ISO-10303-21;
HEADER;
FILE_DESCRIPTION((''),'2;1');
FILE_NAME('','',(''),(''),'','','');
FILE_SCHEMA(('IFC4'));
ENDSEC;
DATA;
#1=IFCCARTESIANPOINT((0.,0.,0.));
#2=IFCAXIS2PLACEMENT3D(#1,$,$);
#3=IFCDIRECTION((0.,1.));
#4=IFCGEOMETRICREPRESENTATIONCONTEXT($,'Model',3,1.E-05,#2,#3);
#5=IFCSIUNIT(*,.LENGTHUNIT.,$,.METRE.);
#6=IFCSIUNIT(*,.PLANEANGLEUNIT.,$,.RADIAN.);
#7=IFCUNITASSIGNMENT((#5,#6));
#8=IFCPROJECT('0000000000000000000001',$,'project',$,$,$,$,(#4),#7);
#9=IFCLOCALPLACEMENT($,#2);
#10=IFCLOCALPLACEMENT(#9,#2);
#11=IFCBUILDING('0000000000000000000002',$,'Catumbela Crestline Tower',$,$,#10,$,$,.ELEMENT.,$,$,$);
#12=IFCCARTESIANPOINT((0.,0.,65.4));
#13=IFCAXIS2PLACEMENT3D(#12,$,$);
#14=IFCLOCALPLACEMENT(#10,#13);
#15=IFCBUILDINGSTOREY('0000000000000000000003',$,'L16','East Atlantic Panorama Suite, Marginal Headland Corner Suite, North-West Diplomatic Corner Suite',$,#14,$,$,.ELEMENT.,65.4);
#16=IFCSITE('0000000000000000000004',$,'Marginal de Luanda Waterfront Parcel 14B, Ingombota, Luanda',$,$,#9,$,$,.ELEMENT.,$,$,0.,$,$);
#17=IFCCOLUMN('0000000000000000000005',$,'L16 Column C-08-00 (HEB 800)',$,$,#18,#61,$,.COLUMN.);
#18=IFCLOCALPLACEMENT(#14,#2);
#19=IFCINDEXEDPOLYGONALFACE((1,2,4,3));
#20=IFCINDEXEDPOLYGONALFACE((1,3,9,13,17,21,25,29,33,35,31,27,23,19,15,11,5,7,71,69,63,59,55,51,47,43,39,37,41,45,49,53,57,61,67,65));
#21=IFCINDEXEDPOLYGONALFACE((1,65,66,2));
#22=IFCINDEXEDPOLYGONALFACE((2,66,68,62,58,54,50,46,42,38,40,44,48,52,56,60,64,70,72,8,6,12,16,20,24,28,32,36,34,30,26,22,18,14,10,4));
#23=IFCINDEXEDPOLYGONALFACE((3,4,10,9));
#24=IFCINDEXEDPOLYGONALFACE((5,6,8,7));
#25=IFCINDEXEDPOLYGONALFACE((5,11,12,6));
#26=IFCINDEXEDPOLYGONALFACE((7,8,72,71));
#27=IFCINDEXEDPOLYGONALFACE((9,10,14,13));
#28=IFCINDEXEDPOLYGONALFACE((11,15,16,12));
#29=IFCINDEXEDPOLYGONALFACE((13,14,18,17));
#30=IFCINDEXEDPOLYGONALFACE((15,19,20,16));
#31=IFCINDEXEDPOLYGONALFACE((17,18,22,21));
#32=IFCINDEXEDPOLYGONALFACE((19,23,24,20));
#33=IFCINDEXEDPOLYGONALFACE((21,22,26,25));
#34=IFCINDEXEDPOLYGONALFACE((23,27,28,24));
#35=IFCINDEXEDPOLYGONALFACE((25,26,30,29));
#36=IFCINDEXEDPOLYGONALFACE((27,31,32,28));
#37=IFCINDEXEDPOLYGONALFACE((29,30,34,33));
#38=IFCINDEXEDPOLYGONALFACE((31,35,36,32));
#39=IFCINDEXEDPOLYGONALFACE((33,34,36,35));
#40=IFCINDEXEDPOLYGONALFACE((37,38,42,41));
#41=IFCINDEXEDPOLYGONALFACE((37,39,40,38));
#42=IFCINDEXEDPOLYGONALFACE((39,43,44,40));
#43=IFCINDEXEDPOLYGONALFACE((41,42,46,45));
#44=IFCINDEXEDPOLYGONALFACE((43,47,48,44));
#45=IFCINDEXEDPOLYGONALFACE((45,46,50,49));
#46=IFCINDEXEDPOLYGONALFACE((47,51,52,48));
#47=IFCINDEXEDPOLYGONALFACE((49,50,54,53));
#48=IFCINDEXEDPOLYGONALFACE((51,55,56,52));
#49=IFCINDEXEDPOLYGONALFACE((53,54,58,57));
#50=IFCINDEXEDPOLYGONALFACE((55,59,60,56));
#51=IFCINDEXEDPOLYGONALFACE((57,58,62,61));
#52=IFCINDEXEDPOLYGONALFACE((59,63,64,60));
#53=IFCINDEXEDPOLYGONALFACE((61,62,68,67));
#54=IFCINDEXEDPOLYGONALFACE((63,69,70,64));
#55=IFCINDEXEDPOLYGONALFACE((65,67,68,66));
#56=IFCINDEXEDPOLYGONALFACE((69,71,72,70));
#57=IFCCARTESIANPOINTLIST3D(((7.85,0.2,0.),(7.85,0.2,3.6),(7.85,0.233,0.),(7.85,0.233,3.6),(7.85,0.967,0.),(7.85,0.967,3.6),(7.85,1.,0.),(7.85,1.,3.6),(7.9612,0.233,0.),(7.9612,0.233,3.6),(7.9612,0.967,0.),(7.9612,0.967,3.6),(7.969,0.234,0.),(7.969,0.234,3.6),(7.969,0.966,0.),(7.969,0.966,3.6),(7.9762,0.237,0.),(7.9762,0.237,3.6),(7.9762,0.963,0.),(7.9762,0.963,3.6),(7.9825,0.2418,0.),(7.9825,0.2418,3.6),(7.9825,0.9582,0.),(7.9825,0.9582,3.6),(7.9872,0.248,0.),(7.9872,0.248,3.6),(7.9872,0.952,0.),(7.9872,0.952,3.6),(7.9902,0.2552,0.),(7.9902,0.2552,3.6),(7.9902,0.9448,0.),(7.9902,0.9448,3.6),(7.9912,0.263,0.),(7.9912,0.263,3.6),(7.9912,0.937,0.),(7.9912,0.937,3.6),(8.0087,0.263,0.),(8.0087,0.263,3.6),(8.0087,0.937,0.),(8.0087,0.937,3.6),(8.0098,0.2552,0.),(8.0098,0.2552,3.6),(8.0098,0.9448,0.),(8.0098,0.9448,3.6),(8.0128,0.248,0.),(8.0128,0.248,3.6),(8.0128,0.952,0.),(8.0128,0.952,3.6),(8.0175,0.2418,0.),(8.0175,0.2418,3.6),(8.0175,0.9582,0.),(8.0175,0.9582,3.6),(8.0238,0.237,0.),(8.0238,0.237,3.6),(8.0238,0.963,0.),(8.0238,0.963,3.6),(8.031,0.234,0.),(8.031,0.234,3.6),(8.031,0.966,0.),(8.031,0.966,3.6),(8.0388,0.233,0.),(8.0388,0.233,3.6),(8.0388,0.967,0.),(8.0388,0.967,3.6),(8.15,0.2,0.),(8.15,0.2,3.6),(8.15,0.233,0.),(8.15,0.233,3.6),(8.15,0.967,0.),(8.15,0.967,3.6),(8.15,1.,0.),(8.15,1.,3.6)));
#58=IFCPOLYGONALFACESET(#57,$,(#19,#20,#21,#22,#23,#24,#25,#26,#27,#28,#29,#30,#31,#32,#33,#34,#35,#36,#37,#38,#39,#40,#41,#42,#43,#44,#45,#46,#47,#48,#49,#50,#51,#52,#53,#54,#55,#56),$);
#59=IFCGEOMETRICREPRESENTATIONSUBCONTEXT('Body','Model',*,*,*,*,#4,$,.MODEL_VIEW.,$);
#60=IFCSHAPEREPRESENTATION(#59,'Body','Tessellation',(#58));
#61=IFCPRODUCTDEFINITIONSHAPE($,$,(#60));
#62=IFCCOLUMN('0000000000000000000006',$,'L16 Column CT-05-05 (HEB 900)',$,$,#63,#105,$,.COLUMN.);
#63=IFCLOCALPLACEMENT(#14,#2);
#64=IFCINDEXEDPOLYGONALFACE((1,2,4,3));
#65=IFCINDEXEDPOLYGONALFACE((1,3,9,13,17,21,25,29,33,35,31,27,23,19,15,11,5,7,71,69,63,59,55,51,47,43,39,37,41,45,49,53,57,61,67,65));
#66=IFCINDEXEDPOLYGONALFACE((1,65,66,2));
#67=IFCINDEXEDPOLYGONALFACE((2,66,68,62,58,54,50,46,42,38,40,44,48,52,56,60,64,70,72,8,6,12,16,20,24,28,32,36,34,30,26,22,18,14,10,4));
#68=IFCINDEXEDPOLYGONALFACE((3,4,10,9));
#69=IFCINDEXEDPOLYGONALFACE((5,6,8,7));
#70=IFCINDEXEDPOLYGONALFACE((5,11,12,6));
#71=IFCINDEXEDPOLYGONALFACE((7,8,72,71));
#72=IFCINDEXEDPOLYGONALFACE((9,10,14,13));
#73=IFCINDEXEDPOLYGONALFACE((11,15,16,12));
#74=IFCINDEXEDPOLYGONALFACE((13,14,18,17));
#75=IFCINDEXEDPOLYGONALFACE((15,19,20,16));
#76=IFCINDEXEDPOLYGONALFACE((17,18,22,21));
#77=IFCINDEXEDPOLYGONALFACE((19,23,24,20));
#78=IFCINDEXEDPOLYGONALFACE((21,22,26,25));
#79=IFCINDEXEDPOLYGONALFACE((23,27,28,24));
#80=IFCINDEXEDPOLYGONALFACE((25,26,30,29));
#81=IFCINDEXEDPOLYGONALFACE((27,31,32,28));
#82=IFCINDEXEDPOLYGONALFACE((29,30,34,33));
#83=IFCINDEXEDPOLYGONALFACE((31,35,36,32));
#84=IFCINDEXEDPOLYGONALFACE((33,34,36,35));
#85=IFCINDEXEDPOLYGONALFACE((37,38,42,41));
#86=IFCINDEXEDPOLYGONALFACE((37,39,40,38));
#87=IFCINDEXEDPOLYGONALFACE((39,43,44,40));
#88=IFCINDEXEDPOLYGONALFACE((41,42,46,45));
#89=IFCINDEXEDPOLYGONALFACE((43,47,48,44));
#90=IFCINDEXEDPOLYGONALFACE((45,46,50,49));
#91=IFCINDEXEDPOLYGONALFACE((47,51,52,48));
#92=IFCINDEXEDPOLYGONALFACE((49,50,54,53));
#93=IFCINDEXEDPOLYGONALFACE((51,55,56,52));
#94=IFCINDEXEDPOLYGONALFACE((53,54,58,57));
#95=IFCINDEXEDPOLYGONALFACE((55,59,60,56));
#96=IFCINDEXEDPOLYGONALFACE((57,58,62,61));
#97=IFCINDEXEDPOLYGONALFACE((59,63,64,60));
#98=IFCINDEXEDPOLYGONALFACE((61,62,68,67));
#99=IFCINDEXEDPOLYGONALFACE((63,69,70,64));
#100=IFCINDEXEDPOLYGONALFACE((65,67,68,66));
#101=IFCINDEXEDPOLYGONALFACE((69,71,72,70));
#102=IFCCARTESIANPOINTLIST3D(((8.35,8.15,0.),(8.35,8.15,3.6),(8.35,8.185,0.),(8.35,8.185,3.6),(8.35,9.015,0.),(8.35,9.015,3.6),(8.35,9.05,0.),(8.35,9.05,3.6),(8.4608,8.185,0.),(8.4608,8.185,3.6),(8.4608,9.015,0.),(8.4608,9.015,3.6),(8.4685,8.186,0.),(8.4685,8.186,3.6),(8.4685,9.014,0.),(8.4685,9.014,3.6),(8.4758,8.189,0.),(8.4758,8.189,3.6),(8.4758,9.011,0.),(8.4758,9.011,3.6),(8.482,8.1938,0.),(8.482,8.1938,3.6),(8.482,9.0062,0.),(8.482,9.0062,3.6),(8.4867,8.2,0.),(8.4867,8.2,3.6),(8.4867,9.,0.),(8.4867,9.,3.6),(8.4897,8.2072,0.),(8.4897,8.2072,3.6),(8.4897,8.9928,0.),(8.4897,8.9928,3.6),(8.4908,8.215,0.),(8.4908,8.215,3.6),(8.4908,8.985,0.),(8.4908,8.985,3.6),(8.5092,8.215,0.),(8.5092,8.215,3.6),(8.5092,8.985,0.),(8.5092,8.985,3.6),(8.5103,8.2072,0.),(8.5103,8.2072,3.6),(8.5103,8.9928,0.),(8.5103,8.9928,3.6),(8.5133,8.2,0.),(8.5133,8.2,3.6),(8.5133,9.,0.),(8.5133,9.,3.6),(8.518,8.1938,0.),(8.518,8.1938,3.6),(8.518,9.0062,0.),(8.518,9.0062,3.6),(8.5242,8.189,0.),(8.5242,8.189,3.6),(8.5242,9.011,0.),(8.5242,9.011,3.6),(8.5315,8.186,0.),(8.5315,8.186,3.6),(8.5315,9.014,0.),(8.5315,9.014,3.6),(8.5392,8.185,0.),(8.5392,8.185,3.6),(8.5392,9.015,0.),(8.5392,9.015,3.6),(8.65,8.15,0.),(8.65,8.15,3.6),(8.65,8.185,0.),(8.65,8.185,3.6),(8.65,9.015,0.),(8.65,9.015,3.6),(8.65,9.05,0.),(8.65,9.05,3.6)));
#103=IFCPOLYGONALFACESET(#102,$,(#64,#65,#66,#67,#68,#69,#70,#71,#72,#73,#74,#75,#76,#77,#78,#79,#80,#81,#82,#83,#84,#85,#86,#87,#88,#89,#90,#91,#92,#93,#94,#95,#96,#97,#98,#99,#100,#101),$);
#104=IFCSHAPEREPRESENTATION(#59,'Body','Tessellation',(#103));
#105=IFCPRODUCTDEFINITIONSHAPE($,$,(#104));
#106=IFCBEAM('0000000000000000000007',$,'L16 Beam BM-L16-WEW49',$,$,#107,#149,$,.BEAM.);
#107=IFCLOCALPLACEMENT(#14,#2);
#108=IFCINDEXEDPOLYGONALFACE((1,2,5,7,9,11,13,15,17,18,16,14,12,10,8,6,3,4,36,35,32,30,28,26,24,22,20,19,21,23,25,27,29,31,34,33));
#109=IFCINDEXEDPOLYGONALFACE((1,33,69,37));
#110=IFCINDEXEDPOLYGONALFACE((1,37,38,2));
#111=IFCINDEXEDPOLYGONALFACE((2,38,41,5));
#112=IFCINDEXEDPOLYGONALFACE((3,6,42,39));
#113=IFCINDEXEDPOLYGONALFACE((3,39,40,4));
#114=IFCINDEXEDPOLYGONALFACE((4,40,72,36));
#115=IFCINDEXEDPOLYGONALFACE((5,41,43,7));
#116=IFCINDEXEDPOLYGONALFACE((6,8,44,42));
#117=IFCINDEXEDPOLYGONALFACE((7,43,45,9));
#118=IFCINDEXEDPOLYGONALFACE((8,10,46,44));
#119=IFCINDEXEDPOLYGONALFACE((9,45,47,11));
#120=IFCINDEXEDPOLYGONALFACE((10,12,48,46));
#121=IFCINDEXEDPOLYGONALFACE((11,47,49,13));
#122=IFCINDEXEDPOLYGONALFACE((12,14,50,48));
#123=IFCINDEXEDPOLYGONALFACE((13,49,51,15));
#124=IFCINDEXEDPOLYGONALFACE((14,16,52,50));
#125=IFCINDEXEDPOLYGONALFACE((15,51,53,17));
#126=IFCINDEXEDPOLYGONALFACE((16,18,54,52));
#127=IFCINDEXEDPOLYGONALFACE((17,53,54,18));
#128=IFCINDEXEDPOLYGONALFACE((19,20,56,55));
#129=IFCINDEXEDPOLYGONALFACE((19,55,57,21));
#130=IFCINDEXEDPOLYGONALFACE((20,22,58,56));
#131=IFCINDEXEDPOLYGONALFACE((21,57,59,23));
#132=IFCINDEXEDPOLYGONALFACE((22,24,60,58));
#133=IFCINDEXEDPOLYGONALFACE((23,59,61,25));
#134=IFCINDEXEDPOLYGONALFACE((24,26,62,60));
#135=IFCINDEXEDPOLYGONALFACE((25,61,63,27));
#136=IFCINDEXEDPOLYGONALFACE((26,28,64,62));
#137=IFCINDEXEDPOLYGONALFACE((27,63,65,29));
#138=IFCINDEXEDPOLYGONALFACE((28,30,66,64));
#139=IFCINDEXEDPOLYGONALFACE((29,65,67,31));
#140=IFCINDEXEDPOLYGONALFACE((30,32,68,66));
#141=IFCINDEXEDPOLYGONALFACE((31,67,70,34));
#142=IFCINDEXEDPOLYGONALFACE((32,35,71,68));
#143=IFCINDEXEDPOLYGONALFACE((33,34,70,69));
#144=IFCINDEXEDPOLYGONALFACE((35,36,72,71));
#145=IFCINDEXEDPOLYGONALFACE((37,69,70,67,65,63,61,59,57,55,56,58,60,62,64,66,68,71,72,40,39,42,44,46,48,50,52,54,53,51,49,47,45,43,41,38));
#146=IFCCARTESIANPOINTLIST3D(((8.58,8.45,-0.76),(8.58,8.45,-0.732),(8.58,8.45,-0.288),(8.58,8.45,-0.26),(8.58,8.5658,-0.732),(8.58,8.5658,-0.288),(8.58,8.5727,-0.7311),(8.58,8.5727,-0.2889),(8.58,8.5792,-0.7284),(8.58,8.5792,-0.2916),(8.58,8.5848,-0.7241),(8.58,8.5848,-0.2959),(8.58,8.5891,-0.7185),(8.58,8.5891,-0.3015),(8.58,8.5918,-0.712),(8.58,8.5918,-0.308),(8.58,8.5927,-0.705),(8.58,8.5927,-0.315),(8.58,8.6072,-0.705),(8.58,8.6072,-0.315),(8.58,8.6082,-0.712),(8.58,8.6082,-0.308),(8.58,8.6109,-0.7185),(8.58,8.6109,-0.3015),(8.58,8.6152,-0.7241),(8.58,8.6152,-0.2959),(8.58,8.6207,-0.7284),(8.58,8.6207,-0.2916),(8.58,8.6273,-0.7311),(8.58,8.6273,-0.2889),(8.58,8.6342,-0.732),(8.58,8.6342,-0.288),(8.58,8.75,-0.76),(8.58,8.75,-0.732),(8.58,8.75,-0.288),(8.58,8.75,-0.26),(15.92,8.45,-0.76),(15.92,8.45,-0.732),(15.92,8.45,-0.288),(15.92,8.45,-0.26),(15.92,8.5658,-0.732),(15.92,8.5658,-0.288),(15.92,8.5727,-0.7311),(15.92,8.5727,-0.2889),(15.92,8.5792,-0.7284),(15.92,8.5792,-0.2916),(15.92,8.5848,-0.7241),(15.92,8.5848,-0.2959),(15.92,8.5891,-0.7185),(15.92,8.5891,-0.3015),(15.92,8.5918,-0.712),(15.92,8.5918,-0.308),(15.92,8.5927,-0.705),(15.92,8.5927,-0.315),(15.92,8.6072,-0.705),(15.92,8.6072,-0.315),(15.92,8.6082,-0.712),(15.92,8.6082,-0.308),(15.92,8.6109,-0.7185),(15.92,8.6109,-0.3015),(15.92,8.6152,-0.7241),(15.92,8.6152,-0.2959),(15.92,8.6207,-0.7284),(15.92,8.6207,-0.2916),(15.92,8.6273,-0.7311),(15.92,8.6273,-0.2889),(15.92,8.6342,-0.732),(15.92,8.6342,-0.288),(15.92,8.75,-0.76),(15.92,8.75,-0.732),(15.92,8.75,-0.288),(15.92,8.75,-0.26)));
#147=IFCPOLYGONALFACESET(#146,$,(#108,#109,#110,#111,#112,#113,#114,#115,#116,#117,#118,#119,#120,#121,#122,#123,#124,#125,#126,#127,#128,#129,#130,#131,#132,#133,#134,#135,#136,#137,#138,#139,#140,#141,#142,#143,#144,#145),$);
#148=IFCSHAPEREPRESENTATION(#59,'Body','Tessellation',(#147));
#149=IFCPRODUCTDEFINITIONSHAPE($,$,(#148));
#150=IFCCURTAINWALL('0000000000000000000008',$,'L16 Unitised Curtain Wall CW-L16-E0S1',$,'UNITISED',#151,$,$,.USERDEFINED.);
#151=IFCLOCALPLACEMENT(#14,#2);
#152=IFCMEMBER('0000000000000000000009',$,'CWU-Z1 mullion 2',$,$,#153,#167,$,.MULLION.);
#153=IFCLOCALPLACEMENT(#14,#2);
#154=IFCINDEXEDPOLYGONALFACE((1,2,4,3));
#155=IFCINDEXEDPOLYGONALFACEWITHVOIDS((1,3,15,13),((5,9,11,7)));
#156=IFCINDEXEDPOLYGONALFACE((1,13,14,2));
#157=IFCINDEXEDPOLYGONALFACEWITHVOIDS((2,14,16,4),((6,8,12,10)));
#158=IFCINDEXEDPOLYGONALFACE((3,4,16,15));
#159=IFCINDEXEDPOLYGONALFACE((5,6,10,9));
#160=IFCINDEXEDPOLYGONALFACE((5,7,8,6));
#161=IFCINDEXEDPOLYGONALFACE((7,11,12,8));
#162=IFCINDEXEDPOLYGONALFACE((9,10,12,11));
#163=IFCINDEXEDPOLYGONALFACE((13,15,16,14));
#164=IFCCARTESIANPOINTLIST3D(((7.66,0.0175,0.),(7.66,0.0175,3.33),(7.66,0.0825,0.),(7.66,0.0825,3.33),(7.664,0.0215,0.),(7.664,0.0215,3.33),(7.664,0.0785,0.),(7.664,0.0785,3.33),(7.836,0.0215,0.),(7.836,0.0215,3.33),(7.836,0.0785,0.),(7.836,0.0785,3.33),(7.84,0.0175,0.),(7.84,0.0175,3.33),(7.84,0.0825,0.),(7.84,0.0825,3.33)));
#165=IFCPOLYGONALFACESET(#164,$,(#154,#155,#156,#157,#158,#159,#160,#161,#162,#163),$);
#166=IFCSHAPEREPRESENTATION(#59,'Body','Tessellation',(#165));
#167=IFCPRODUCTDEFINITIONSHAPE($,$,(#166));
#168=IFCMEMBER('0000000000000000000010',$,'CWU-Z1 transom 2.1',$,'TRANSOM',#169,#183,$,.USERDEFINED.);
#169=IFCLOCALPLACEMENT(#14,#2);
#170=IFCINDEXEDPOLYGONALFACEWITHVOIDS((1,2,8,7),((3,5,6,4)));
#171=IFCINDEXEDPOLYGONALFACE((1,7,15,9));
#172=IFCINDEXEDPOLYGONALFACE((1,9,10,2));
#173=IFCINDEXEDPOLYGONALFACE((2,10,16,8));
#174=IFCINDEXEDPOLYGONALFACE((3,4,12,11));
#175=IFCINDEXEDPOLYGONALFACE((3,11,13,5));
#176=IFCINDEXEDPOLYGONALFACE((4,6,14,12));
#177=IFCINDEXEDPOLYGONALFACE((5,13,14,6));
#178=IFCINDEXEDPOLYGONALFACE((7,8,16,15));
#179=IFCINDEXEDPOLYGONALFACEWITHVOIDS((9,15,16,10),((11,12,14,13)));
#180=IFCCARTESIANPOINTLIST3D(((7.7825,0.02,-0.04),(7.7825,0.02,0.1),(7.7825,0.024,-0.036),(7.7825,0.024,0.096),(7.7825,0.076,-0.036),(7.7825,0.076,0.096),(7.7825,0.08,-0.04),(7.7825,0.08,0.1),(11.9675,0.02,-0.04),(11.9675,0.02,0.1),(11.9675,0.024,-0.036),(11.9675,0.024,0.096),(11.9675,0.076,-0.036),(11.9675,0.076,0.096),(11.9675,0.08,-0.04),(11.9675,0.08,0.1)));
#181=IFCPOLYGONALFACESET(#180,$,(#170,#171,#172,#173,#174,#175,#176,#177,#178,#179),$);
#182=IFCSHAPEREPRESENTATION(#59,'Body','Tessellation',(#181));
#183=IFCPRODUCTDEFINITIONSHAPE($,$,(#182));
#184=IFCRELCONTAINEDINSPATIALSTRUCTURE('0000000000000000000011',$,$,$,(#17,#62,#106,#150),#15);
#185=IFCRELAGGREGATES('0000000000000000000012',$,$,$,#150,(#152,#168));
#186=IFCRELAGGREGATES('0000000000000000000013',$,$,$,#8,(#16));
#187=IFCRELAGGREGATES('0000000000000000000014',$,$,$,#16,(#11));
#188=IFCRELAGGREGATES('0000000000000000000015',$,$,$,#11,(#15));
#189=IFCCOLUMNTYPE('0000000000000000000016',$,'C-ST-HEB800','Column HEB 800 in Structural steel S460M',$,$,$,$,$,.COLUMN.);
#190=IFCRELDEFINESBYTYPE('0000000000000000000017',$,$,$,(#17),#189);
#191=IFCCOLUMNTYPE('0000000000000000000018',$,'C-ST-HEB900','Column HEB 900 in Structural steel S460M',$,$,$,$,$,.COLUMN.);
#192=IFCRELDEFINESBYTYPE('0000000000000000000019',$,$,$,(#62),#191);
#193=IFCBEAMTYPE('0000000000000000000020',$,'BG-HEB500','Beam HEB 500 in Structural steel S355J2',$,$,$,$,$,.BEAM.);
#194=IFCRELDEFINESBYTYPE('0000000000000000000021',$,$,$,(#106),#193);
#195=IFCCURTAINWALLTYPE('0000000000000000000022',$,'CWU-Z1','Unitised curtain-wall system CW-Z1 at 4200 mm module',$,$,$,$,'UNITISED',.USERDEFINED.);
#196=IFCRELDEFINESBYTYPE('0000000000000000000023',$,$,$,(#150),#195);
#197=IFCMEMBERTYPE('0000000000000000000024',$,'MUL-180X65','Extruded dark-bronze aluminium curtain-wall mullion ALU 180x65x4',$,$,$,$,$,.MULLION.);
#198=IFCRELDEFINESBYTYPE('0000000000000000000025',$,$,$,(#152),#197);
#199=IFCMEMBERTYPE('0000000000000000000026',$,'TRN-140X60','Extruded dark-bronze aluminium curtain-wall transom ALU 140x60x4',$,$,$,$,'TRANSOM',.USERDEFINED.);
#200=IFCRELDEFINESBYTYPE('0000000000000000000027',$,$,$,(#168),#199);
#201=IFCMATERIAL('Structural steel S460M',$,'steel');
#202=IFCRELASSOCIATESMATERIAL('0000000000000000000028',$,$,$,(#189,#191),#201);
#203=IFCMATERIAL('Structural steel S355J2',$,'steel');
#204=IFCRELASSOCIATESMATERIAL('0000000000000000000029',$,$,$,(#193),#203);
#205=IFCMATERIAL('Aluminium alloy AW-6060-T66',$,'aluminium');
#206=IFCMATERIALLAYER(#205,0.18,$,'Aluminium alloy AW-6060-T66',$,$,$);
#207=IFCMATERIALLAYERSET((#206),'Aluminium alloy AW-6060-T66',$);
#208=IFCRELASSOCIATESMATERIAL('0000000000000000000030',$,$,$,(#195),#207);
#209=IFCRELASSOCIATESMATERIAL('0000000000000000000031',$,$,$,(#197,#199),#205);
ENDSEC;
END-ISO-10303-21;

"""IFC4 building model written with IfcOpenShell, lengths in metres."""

from ifc_helpers import new_model, si_unit, direction, frame, origin, origin_2d, place, context, subcontext, project, spatial, hollow_rectangle, i_section, extrude, material, layer, layer_set, material_profile, profile_set, type_object, element, aggregate, save


model = new_model("IFC4")

# Units and contexts
model_context = context("Model", 3, precision=1e-05, world=origin(), true_north=direction((0.0, 1.0)))
body_context = subcontext(model_context, "Body", "Model", "MODEL_VIEW")
ifc_project = project(units=[si_unit("LENGTHUNIT", "METRE"), si_unit("PLANEANGLEUNIT", "RADIAN")], contexts=[model_context])

# Site, building, storey
site_placement = place(None, origin())
site = spatial("IfcSite", under=ifc_project, at=site_placement, Name="Marginal de Luanda Waterfront Parcel 14B, Ingombota, Luanda", CompositionType="ELEMENT", RefElevation=0.0)
building_placement = place(site_placement, origin())
building = spatial("IfcBuilding", under=site, at=building_placement, Name="Catumbela Crestline Tower", CompositionType="ELEMENT")
storey_placement = place(building_placement, frame((0.0, 0.0, 65.4)))
storey = spatial("IfcBuildingStorey", under=building, at=storey_placement, Name="L16", Description="East Atlantic Panorama Suite, Marginal Headland Corner Suite, North-West Diplomatic Corner Suite", CompositionType="ELEMENT", Elevation=65.4)

# Columns
ifc_material_1 = material(Name="Structural steel S460M", Category="steel")
ifc_material_profile_1 = material_profile(ifc_material_1, i_section(OverallWidth=0.3, OverallDepth=0.8, WebThickness=0.0175, FlangeThickness=0.033, FilletRadius=0.03, at=origin_2d()), Name="HEB 800")
ifc_profile_set_1 = profile_set([ifc_material_profile_1], Name="Structural steel S460M")
column_type_1 = type_object("IfcColumnType", Name="C-ST-HEB800", Description="Column HEB 800 in Structural steel S460M", PredefinedType="COLUMN", material=ifc_profile_set_1)
column_1_placement = place(storey_placement, frame((8.0, 0.6, 0.0), z_axis=(0.0, 0.0, 1.0), x_axis=(1.0, 0.0, 0.0)))
element("IfcColumn", 1, at=column_1_placement, inside=storey, type_object=column_type_1, Name="L16 Column C-08-00 (HEB 800)", PredefinedType="COLUMN", context=body_context, shape_type="SweptSolid", body=[
    extrude(i_section(OverallWidth=0.3, OverallDepth=0.8, WebThickness=0.0175, FlangeThickness=0.033, FilletRadius=0.03, at=origin_2d()), origin(), (0.0, 0.0, 1.0), 3.6),
])
ifc_material_profile_2 = material_profile(ifc_material_1, i_section(OverallWidth=0.3, OverallDepth=0.9, WebThickness=0.0185, FlangeThickness=0.035, FilletRadius=0.03, at=origin_2d()), Name="HEB 900")
ifc_profile_set_2 = profile_set([ifc_material_profile_2], Name="Structural steel S460M")
column_type_2 = type_object("IfcColumnType", Name="C-ST-HEB900", Description="Column HEB 900 in Structural steel S460M", PredefinedType="COLUMN", material=ifc_profile_set_2)
column_2_placement = place(storey_placement, frame((8.5, 8.6, 0.0), z_axis=(0.0, 0.0, 1.0), x_axis=(1.0, 0.0, 0.0)))
element("IfcColumn", 2, at=column_2_placement, inside=storey, type_object=column_type_2, Name="L16 Column CT-05-05 (HEB 900)", PredefinedType="COLUMN", context=body_context, shape_type="SweptSolid", body=[
    extrude(i_section(OverallWidth=0.3, OverallDepth=0.9, WebThickness=0.0185, FlangeThickness=0.035, FilletRadius=0.03, at=origin_2d()), origin(), (0.0, 0.0, 1.0), 3.6),
])

# Beam
ifc_material_2 = material(Name="Structural steel S355J2", Category="steel")
ifc_material_profile_3 = material_profile(ifc_material_2, i_section(OverallWidth=0.3, OverallDepth=0.5, WebThickness=0.0145, FlangeThickness=0.028, FilletRadius=0.027, at=origin_2d()), Name="HEB 500")
ifc_profile_set_3 = profile_set([ifc_material_profile_3], Name="Structural steel S355J2")
beam_type = type_object("IfcBeamType", Name="BG-HEB500", Description="Beam HEB 500 in Structural steel S355J2", PredefinedType="BEAM", material=ifc_profile_set_3)
beam_placement = place(storey_placement, frame((8.58, 8.6, -0.51), z_axis=(1.0, 0.0, 0.0), x_axis=(0.0, 1.0, 0.0)))
element("IfcBeam", 3, at=beam_placement, inside=storey, type_object=beam_type, Name="L16 Beam BM-L16-WEW49", PredefinedType="BEAM", context=body_context, shape_type="SweptSolid", body=[
    extrude(i_section(OverallWidth=0.3, OverallDepth=0.5, WebThickness=0.0145, FlangeThickness=0.028, FilletRadius=0.027, at=origin_2d()), origin(), (0.0, 0.0, 1.0), 7.34),
])

# Curtain wall, members
ifc_material_3 = material(Name="Aluminium alloy AW-6060-T66", Category="aluminium")
ifc_layer_1 = layer(ifc_material_3, 0.18, Name="Aluminium alloy AW-6060-T66")
ifc_layer_set_1 = layer_set([ifc_layer_1], Name="Aluminium alloy AW-6060-T66")
curtain_wall_type = type_object("IfcCurtainWallType", Name="CWU-Z1", Description="Unitised curtain-wall system CW-Z1 at 4200 mm module", ElementType="UNITISED", PredefinedType="USERDEFINED", material=ifc_layer_set_1)
curtain_wall_placement = place(storey_placement, origin())
curtain_wall = element("IfcCurtainWall", 4, at=curtain_wall_placement, inside=storey, type_object=curtain_wall_type, Name="L16 Unitised Curtain Wall CW-L16-E0S1", ObjectType="UNITISED", PredefinedType="USERDEFINED")
ifc_material_profile_4 = material_profile(ifc_material_3, hollow_rectangle(XDim=0.065, YDim=0.18, WallThickness=0.004, at=origin_2d()), Name="ALU 180x65x4")
ifc_profile_set_4 = profile_set([ifc_material_profile_4], Name="Aluminium alloy AW-6060-T66")
member_type_1 = type_object("IfcMemberType", Name="MUL-180X65", Description="Extruded dark-bronze aluminium curtain-wall mullion ALU 180x65x4", PredefinedType="MULLION", material=ifc_profile_set_4)
member_1_placement = place(storey_placement, frame((7.75, 0.05, 0.0), z_axis=(0.0, 0.0, 1.0), x_axis=(0.0, 1.0, 0.0)))
member_1 = element("IfcMember", 5, at=member_1_placement, type_object=member_type_1, Name="CWU-Z1 mullion 2", PredefinedType="MULLION", context=body_context, shape_type="SweptSolid", body=[
    extrude(hollow_rectangle(XDim=0.065, YDim=0.18, WallThickness=0.004, at=origin_2d()), origin(), (0.0, 0.0, 1.0), 3.33),
])
ifc_material_profile_5 = material_profile(ifc_material_3, hollow_rectangle(XDim=0.06, YDim=0.14, WallThickness=0.004, at=origin_2d()), Name="ALU 140x60x4")
ifc_profile_set_5 = profile_set([ifc_material_profile_5], Name="Aluminium alloy AW-6060-T66")
member_type_2 = type_object("IfcMemberType", Name="TRN-140X60", Description="Extruded dark-bronze aluminium curtain-wall transom ALU 140x60x4", ElementType="TRANSOM", PredefinedType="USERDEFINED", material=ifc_profile_set_5)
member_2_placement = place(storey_placement, frame((7.7825, 0.05, 0.03), z_axis=(1.0, 0.0, 0.0), x_axis=(0.0, 1.0, 0.0)))
member_2 = element("IfcMember", 6, at=member_2_placement, type_object=member_type_2, Name="CWU-Z1 transom 2.1", ObjectType="TRANSOM", PredefinedType="USERDEFINED", context=body_context, shape_type="SweptSolid", body=[
    extrude(hollow_rectangle(XDim=0.06, YDim=0.14, WallThickness=0.004, at=origin_2d()), origin(), (0.0, 0.0, 1.0), 4.185),
])
aggregate(curtain_wall, [member_1, member_2])

save(model, "model.ifc")
